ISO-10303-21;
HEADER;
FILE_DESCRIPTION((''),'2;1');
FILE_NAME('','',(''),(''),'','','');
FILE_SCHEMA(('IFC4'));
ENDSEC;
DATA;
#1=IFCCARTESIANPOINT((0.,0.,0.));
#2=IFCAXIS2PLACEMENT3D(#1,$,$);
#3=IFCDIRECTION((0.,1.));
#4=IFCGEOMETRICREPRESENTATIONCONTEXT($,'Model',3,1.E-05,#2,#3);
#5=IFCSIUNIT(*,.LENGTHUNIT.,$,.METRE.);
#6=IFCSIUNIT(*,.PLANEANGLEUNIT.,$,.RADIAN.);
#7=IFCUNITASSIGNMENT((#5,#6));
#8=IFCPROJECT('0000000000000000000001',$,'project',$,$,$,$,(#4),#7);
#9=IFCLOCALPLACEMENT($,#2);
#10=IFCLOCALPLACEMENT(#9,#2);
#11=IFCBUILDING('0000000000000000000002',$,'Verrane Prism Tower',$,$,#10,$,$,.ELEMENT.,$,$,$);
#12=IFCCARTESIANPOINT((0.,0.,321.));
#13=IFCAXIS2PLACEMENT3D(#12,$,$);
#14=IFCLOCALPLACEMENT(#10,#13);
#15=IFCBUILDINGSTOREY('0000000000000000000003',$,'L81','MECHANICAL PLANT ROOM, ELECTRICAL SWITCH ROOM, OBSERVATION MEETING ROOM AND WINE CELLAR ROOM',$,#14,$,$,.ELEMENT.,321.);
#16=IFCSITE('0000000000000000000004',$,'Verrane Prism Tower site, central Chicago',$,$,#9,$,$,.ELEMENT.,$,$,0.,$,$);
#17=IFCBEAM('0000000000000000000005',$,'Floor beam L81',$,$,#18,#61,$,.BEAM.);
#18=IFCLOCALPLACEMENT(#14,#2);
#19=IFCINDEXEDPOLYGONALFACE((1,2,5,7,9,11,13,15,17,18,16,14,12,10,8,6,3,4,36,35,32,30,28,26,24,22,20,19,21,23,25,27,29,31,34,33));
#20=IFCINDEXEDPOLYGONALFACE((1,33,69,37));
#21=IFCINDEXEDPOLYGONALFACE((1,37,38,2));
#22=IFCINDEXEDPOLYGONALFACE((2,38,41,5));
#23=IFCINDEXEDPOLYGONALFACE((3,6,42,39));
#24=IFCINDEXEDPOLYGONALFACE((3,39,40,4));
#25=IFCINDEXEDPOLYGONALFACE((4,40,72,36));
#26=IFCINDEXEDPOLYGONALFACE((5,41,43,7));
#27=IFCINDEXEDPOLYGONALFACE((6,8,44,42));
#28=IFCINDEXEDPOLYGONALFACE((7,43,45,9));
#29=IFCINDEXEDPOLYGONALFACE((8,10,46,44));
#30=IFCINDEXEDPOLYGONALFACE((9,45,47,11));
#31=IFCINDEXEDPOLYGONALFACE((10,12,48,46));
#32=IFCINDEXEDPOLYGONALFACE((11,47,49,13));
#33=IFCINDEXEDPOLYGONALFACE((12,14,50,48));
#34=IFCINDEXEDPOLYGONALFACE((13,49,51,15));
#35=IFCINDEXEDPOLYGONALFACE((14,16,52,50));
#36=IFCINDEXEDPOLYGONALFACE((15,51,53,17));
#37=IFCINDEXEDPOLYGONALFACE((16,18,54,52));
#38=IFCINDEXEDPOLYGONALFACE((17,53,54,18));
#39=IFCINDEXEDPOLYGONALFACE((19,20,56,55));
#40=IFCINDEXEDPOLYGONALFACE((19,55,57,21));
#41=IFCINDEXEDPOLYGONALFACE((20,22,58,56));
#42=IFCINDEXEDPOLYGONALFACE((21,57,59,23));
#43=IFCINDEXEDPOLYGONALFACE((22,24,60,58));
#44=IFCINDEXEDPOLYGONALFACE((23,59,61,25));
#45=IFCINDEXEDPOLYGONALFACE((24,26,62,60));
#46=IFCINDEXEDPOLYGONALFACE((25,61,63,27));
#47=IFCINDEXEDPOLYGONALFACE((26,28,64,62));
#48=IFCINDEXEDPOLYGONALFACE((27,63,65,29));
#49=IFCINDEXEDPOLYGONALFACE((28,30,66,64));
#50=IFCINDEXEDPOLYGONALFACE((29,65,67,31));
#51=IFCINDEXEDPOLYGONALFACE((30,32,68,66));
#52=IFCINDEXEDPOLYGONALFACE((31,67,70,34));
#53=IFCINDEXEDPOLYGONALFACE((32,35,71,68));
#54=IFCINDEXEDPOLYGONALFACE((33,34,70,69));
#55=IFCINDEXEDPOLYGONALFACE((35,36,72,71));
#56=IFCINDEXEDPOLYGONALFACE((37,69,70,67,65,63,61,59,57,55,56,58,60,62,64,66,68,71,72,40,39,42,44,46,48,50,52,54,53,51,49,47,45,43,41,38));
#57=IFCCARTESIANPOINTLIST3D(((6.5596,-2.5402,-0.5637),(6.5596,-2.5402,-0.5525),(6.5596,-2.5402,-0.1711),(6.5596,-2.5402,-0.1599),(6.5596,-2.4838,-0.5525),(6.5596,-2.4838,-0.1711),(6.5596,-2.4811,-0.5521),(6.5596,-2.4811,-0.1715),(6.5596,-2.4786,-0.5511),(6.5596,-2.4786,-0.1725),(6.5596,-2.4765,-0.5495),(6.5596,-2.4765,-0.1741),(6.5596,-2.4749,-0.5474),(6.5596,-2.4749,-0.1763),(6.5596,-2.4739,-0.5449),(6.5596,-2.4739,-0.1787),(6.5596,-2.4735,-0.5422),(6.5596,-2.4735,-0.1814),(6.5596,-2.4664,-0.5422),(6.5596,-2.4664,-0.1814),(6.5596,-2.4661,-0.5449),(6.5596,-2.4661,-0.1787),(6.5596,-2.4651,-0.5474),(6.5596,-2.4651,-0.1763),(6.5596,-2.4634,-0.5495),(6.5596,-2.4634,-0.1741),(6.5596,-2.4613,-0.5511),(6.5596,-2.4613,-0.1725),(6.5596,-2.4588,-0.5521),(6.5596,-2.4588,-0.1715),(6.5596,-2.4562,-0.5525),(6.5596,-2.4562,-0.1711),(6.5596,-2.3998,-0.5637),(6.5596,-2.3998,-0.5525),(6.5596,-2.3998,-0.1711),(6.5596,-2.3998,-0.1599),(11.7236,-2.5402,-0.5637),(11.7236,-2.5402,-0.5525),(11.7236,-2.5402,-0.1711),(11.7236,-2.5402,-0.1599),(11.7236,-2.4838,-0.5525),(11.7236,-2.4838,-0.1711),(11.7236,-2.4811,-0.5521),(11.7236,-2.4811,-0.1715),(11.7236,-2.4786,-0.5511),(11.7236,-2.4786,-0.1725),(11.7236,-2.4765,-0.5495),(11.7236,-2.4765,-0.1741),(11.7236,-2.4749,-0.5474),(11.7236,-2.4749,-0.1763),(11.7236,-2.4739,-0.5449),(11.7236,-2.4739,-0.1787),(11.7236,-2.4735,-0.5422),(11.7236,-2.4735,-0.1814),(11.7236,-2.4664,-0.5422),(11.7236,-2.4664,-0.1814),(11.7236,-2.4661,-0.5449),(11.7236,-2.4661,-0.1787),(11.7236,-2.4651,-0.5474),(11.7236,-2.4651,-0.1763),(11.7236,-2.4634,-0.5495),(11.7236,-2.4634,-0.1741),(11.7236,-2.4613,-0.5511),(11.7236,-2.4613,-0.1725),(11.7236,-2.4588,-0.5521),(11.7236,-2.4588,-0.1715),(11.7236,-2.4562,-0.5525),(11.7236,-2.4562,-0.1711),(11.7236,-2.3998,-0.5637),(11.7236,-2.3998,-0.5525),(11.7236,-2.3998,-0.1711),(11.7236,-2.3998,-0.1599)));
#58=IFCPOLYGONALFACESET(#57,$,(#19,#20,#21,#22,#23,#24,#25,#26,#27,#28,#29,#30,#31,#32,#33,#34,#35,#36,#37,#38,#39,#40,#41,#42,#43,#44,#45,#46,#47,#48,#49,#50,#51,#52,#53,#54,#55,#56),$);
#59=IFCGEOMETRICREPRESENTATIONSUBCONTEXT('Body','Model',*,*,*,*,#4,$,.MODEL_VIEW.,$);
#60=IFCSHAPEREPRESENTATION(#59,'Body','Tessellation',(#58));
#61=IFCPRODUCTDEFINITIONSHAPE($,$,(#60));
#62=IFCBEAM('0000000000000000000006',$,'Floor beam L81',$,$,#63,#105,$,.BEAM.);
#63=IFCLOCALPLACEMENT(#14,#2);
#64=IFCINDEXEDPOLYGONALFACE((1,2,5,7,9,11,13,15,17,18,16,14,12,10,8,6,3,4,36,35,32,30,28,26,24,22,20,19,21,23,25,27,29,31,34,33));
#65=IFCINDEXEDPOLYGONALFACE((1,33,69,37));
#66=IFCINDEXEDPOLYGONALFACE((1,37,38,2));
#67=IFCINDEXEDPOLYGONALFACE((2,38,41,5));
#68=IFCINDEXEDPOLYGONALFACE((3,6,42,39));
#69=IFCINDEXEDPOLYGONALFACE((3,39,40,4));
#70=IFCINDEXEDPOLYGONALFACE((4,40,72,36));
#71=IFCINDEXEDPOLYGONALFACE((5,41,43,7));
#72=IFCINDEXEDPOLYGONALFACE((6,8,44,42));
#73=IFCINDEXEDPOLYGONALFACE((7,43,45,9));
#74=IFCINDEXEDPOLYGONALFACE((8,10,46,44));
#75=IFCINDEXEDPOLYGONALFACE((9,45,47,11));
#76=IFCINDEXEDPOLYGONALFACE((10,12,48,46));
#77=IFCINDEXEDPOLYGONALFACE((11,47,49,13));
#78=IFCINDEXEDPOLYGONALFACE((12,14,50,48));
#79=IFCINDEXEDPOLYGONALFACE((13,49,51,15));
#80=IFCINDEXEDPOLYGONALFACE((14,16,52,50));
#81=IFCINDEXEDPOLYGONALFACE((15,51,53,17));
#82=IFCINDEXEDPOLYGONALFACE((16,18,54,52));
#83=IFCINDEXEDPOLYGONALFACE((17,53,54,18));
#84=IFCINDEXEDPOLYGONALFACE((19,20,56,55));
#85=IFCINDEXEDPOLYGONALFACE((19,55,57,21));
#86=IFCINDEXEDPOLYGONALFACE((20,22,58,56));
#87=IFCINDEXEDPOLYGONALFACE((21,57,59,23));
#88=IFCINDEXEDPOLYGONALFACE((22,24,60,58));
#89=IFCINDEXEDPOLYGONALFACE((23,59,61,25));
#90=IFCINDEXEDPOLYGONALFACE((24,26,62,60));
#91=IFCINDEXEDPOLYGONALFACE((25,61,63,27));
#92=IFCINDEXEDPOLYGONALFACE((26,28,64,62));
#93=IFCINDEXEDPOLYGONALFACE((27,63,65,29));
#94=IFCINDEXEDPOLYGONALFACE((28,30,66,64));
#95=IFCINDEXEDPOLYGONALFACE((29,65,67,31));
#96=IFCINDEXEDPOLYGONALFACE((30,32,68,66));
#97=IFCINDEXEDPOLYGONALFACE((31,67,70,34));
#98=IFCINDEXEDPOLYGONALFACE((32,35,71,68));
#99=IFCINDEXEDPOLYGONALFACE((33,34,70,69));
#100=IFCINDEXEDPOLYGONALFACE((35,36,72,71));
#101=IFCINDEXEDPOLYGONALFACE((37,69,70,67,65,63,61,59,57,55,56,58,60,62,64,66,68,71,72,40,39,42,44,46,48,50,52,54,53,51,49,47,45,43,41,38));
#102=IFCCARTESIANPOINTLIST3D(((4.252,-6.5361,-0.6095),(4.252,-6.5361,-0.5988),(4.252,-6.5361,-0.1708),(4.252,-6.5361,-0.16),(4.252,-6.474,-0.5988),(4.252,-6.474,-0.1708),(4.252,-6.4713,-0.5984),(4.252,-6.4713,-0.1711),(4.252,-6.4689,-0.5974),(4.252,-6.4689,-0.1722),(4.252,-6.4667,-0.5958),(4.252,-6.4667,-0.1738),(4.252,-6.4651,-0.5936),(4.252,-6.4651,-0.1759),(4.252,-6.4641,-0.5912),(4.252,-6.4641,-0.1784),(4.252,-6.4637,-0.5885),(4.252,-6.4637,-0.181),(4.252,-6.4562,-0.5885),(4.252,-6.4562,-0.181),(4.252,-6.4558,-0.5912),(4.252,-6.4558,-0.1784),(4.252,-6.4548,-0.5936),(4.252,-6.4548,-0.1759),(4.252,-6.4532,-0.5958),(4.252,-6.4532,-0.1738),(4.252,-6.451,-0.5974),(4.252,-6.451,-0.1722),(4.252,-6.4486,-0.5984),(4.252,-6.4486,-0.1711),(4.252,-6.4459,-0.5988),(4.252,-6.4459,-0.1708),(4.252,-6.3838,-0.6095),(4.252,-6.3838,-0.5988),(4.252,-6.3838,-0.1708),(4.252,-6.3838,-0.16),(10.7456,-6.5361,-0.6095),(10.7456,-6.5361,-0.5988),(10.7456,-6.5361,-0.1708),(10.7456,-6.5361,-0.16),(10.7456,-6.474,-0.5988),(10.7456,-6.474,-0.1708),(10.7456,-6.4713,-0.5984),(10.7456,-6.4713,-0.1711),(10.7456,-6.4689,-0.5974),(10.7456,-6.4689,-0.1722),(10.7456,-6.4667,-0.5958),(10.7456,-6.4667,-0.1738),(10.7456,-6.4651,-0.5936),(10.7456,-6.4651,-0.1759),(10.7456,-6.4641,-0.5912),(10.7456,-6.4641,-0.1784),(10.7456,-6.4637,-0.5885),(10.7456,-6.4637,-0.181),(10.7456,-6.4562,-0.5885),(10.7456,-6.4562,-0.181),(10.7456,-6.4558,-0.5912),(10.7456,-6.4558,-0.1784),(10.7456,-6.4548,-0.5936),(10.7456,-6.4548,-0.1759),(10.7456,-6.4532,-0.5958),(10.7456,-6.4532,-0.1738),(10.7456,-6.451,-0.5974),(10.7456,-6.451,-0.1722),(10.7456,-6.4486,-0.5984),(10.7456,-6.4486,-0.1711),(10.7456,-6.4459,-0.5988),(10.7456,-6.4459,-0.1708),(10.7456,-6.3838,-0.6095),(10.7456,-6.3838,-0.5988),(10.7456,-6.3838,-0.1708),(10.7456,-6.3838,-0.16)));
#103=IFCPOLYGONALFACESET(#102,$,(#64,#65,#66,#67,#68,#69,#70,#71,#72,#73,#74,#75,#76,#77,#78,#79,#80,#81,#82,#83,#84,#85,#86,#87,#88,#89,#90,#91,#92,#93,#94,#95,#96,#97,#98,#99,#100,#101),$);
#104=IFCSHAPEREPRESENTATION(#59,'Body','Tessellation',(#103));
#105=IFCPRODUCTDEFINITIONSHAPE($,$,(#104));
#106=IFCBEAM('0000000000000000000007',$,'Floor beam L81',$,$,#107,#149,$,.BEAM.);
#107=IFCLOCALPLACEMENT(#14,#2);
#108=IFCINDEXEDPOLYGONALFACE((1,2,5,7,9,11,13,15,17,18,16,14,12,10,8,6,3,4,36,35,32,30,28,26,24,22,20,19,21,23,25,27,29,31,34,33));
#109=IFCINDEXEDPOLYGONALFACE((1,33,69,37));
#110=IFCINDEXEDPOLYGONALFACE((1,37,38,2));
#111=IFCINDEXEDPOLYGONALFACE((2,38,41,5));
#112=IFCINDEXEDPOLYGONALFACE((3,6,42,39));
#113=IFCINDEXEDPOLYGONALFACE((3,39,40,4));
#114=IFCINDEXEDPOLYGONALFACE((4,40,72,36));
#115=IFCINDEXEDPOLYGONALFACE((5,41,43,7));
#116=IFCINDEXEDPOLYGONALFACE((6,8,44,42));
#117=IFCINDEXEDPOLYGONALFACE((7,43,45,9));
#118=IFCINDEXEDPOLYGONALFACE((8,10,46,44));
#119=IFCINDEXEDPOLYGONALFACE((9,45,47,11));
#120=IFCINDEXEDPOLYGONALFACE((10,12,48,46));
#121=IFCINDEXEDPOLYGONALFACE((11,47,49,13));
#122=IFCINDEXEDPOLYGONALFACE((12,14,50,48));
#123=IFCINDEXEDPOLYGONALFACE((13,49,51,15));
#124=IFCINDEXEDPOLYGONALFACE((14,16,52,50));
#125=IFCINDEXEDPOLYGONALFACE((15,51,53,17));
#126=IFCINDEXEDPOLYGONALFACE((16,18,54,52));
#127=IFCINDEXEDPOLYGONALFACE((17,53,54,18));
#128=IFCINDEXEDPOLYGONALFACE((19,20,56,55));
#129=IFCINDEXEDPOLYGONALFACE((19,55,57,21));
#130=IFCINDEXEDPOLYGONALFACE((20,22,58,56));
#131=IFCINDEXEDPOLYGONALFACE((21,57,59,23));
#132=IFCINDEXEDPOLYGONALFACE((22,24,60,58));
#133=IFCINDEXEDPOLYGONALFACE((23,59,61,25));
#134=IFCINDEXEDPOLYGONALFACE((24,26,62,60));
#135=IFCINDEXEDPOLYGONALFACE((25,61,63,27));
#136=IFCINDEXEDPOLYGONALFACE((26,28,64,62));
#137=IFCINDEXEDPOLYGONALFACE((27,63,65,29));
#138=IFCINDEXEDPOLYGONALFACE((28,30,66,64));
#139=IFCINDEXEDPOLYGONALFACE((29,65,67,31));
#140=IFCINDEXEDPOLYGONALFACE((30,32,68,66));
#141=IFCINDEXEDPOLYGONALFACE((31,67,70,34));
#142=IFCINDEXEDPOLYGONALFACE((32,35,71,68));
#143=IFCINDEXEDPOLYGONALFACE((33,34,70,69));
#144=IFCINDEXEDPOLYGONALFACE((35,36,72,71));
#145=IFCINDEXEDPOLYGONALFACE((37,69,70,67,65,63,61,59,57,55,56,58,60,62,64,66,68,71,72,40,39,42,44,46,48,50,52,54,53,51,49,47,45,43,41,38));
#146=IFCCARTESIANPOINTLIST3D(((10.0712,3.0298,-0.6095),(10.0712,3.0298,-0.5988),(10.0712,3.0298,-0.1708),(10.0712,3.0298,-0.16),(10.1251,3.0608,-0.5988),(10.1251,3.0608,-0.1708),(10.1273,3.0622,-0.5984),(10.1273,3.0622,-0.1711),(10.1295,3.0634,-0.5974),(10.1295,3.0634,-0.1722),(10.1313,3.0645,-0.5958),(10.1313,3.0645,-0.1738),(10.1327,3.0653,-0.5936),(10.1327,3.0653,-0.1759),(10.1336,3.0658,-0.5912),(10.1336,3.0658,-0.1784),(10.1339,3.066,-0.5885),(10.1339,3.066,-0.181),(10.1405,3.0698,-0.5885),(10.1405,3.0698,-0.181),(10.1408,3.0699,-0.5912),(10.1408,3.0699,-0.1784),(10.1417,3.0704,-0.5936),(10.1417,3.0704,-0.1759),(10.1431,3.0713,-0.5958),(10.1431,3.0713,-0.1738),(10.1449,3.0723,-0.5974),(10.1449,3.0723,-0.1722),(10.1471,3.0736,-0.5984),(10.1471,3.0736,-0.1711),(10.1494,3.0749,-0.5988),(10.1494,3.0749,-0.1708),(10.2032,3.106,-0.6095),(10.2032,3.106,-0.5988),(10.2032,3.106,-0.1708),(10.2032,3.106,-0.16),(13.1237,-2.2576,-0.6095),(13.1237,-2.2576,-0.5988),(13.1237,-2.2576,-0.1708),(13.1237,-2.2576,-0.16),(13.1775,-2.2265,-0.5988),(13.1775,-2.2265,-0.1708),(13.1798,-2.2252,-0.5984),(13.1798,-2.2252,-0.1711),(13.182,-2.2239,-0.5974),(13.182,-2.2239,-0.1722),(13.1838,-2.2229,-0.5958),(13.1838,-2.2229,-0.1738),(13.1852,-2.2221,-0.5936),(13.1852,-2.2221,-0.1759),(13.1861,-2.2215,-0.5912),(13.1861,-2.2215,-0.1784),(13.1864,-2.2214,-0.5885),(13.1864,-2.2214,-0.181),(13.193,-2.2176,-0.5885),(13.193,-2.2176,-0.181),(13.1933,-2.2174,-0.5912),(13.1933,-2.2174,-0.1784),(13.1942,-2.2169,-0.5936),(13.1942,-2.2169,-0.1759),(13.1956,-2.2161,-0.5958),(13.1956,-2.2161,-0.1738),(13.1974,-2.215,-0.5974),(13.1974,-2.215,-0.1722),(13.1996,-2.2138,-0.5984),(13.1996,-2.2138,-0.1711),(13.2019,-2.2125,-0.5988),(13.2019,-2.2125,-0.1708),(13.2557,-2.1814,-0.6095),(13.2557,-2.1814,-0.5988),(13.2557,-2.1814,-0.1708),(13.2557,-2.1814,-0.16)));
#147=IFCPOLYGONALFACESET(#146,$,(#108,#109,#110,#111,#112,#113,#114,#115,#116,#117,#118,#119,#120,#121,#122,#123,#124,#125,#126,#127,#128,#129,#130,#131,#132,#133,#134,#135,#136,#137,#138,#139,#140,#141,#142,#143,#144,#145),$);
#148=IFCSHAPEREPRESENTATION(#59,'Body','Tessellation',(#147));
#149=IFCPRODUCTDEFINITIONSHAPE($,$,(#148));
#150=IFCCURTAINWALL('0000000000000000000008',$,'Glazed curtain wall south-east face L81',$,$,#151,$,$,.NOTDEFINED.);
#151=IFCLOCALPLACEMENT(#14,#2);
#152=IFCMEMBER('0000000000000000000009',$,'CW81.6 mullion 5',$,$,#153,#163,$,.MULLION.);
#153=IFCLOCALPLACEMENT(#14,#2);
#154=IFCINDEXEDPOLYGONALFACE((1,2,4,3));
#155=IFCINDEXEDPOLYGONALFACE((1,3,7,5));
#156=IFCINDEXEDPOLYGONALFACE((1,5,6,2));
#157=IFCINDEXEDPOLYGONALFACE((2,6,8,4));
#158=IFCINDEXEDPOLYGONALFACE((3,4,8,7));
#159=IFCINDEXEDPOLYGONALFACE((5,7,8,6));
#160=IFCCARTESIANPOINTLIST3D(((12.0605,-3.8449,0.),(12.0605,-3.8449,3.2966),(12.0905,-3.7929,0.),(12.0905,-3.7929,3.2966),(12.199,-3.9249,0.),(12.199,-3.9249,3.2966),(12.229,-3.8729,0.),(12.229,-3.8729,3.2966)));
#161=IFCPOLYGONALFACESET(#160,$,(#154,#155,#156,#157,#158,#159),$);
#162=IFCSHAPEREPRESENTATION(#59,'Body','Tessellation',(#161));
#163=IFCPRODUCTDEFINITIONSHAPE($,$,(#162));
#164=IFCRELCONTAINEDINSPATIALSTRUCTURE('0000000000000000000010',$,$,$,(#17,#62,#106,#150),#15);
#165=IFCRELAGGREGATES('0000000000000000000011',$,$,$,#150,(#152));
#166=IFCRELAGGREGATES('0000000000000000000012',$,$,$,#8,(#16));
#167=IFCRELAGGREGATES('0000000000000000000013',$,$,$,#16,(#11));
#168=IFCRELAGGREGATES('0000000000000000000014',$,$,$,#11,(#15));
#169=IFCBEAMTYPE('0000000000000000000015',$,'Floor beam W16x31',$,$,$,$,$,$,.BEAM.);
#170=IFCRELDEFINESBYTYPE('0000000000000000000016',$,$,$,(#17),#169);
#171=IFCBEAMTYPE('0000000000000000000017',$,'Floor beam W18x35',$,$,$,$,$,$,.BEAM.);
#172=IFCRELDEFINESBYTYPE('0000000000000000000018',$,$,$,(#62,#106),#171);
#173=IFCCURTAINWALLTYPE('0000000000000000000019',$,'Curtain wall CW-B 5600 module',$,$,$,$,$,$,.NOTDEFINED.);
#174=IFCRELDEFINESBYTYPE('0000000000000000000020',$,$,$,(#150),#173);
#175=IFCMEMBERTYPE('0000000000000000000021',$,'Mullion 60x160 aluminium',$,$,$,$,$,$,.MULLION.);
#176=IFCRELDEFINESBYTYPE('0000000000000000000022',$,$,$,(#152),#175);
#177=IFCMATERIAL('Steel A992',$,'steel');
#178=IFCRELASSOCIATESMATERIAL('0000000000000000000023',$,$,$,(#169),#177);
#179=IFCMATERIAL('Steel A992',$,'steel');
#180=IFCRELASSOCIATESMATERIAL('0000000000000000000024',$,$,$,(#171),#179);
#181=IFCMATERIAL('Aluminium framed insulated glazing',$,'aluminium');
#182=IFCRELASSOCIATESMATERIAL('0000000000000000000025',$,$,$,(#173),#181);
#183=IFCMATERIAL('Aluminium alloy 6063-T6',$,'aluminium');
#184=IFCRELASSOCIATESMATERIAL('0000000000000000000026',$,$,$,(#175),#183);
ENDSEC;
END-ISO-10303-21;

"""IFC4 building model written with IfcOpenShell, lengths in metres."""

from ifc_helpers import new_model, si_unit, direction, frame, origin, origin_2d, place, context, subcontext, project, spatial, rectangle, i_section, extrude, material, material_profile, profile_set, type_object, element, aggregate, save


model = new_model("IFC4")

# Units and contexts
model_context = context("Model", 3, precision=1e-05, world=origin(), true_north=direction((0.0, 1.0)))
body_context = subcontext(model_context, "Body", "Model", "MODEL_VIEW")
ifc_project = project(units=[si_unit("LENGTHUNIT", "METRE"), si_unit("PLANEANGLEUNIT", "RADIAN")], contexts=[model_context])

# Site, building, storey
site_placement = place(None, origin())
site = spatial("IfcSite", under=ifc_project, at=site_placement, Name="Verrane Prism Tower site, central Chicago", CompositionType="ELEMENT", RefElevation=0.0)
building_placement = place(site_placement, origin())
building = spatial("IfcBuilding", under=site, at=building_placement, Name="Verrane Prism Tower", CompositionType="ELEMENT")
storey_placement = place(building_placement, frame((0.0, 0.0, 321.0)))
storey = spatial("IfcBuildingStorey", under=building, at=storey_placement, Name="L81", Description="MECHANICAL PLANT ROOM, ELECTRICAL SWITCH ROOM, OBSERVATION MEETING ROOM AND WINE CELLAR ROOM", CompositionType="ELEMENT", Elevation=321.0)

# Beams
ifc_material_1 = material(Name="Steel A992", Category="steel")
ifc_material_profile_1 = material_profile(ifc_material_1, i_section(OverallWidth=0.1404, OverallDepth=0.4038, WebThickness=0.0071, FlangeThickness=0.0112, FilletRadius=0.0103, at=origin_2d()), Name="W16x31")
ifc_profile_set_1 = profile_set([ifc_material_profile_1], Name="Steel A992")
beam_type_1 = type_object("IfcBeamType", Name="Floor beam W16x31", PredefinedType="BEAM", material=ifc_profile_set_1)
beam_1_placement = place(storey_placement, frame((6.5596, -2.47, -0.3618), z_axis=(1.0, 0.0, 0.0), x_axis=(0.0, 1.0, 0.0)))
element("IfcBeam", 1, at=beam_1_placement, inside=storey, type_object=beam_type_1, Name="Floor beam L81", PredefinedType="BEAM", context=body_context, shape_type="SweptSolid", body=[
    extrude(i_section(OverallWidth=0.1404, OverallDepth=0.4038, WebThickness=0.0071, FlangeThickness=0.0112, FilletRadius=0.0103, at=origin_2d()), origin(), (0.0, 0.0, 1.0), 5.1641),
])
ifc_material_2 = material(Name="Steel A992", Category="steel")
ifc_material_profile_2 = material_profile(ifc_material_2, i_section(OverallWidth=0.1523, OverallDepth=0.4495, WebThickness=0.0076, FlangeThickness=0.0107, FilletRadius=0.0103, at=origin_2d()), Name="W18x35")
ifc_profile_set_2 = profile_set([ifc_material_profile_2], Name="Steel A992")
beam_type_2 = type_object("IfcBeamType", Name="Floor beam W18x35", PredefinedType="BEAM", material=ifc_profile_set_2)
beam_2_placement = place(storey_placement, frame((4.252, -6.46, -0.3848), z_axis=(1.0, 0.0, 0.0), x_axis=(0.0, 1.0, 0.0)))
element("IfcBeam", 2, at=beam_2_placement, inside=storey, type_object=beam_type_2, Name="Floor beam L81", PredefinedType="BEAM", context=body_context, shape_type="SweptSolid", body=[
    extrude(i_section(OverallWidth=0.1523, OverallDepth=0.4495, WebThickness=0.0076, FlangeThickness=0.0107, FilletRadius=0.0103, at=origin_2d()), origin(), (0.0, 0.0, 1.0), 6.4937),
])
beam_3_placement = place(storey_placement, frame((13.1897, -2.2195, -0.3848), z_axis=(-0.49998, 0.866037, 0.0), x_axis=(-0.866037, -0.49998, 0.0)))
element("IfcBeam", 3, at=beam_3_placement, inside=storey, type_object=beam_type_2, Name="Floor beam L81", PredefinedType="BEAM", context=body_context, shape_type="SweptSolid", body=[
    extrude(i_section(OverallWidth=0.1523, OverallDepth=0.4495, WebThickness=0.0076, FlangeThickness=0.0107, FilletRadius=0.0103, at=origin_2d()), origin(), (0.0, 0.0, 1.0), 6.1052),
])

# Curtain wall, member
ifc_material_3 = material(Name="Aluminium framed insulated glazing", Category="aluminium")
curtain_wall_type = type_object("IfcCurtainWallType", Name="Curtain wall CW-B 5600 module", PredefinedType="NOTDEFINED", material=ifc_material_3)
curtain_wall_placement = place(storey_placement, origin())
curtain_wall = element("IfcCurtainWall", 4, at=curtain_wall_placement, inside=storey, type_object=curtain_wall_type, Name="Glazed curtain wall south-east face L81", PredefinedType="NOTDEFINED")
ifc_material_4 = material(Name="Aluminium alloy 6063-T6", Category="aluminium")
ifc_material_profile_3 = material_profile(ifc_material_4, rectangle(XDim=0.1599, YDim=0.0601, at=origin_2d()), Name="Mullion 60x160 aluminium")
ifc_profile_set_3 = profile_set([ifc_material_profile_3], Name="Aluminium alloy 6063-T6")
member_type_1 = type_object("IfcMemberType", Name="Mullion 60x160 aluminium", PredefinedType="MULLION", material=ifc_profile_set_3)
member_1_placement = place(storey_placement, frame((12.1448, -3.8589, 0.0), z_axis=(0.0, 0.0, 1.0), x_axis=(-0.866025, 0.5, 0.0)))
member_1 = element("IfcMember", 5, at=member_1_placement, type_object=member_type_1, Name="CW81.6 mullion 5", PredefinedType="MULLION", context=body_context, shape_type="SweptSolid", body=[
    extrude(rectangle(XDim=0.1599, YDim=0.0601, at=origin_2d()), origin(), (0.0, 0.0, 1.0), 3.2966),
])

aggregate(curtain_wall, [member_1])

save(model, "model.ifc")
